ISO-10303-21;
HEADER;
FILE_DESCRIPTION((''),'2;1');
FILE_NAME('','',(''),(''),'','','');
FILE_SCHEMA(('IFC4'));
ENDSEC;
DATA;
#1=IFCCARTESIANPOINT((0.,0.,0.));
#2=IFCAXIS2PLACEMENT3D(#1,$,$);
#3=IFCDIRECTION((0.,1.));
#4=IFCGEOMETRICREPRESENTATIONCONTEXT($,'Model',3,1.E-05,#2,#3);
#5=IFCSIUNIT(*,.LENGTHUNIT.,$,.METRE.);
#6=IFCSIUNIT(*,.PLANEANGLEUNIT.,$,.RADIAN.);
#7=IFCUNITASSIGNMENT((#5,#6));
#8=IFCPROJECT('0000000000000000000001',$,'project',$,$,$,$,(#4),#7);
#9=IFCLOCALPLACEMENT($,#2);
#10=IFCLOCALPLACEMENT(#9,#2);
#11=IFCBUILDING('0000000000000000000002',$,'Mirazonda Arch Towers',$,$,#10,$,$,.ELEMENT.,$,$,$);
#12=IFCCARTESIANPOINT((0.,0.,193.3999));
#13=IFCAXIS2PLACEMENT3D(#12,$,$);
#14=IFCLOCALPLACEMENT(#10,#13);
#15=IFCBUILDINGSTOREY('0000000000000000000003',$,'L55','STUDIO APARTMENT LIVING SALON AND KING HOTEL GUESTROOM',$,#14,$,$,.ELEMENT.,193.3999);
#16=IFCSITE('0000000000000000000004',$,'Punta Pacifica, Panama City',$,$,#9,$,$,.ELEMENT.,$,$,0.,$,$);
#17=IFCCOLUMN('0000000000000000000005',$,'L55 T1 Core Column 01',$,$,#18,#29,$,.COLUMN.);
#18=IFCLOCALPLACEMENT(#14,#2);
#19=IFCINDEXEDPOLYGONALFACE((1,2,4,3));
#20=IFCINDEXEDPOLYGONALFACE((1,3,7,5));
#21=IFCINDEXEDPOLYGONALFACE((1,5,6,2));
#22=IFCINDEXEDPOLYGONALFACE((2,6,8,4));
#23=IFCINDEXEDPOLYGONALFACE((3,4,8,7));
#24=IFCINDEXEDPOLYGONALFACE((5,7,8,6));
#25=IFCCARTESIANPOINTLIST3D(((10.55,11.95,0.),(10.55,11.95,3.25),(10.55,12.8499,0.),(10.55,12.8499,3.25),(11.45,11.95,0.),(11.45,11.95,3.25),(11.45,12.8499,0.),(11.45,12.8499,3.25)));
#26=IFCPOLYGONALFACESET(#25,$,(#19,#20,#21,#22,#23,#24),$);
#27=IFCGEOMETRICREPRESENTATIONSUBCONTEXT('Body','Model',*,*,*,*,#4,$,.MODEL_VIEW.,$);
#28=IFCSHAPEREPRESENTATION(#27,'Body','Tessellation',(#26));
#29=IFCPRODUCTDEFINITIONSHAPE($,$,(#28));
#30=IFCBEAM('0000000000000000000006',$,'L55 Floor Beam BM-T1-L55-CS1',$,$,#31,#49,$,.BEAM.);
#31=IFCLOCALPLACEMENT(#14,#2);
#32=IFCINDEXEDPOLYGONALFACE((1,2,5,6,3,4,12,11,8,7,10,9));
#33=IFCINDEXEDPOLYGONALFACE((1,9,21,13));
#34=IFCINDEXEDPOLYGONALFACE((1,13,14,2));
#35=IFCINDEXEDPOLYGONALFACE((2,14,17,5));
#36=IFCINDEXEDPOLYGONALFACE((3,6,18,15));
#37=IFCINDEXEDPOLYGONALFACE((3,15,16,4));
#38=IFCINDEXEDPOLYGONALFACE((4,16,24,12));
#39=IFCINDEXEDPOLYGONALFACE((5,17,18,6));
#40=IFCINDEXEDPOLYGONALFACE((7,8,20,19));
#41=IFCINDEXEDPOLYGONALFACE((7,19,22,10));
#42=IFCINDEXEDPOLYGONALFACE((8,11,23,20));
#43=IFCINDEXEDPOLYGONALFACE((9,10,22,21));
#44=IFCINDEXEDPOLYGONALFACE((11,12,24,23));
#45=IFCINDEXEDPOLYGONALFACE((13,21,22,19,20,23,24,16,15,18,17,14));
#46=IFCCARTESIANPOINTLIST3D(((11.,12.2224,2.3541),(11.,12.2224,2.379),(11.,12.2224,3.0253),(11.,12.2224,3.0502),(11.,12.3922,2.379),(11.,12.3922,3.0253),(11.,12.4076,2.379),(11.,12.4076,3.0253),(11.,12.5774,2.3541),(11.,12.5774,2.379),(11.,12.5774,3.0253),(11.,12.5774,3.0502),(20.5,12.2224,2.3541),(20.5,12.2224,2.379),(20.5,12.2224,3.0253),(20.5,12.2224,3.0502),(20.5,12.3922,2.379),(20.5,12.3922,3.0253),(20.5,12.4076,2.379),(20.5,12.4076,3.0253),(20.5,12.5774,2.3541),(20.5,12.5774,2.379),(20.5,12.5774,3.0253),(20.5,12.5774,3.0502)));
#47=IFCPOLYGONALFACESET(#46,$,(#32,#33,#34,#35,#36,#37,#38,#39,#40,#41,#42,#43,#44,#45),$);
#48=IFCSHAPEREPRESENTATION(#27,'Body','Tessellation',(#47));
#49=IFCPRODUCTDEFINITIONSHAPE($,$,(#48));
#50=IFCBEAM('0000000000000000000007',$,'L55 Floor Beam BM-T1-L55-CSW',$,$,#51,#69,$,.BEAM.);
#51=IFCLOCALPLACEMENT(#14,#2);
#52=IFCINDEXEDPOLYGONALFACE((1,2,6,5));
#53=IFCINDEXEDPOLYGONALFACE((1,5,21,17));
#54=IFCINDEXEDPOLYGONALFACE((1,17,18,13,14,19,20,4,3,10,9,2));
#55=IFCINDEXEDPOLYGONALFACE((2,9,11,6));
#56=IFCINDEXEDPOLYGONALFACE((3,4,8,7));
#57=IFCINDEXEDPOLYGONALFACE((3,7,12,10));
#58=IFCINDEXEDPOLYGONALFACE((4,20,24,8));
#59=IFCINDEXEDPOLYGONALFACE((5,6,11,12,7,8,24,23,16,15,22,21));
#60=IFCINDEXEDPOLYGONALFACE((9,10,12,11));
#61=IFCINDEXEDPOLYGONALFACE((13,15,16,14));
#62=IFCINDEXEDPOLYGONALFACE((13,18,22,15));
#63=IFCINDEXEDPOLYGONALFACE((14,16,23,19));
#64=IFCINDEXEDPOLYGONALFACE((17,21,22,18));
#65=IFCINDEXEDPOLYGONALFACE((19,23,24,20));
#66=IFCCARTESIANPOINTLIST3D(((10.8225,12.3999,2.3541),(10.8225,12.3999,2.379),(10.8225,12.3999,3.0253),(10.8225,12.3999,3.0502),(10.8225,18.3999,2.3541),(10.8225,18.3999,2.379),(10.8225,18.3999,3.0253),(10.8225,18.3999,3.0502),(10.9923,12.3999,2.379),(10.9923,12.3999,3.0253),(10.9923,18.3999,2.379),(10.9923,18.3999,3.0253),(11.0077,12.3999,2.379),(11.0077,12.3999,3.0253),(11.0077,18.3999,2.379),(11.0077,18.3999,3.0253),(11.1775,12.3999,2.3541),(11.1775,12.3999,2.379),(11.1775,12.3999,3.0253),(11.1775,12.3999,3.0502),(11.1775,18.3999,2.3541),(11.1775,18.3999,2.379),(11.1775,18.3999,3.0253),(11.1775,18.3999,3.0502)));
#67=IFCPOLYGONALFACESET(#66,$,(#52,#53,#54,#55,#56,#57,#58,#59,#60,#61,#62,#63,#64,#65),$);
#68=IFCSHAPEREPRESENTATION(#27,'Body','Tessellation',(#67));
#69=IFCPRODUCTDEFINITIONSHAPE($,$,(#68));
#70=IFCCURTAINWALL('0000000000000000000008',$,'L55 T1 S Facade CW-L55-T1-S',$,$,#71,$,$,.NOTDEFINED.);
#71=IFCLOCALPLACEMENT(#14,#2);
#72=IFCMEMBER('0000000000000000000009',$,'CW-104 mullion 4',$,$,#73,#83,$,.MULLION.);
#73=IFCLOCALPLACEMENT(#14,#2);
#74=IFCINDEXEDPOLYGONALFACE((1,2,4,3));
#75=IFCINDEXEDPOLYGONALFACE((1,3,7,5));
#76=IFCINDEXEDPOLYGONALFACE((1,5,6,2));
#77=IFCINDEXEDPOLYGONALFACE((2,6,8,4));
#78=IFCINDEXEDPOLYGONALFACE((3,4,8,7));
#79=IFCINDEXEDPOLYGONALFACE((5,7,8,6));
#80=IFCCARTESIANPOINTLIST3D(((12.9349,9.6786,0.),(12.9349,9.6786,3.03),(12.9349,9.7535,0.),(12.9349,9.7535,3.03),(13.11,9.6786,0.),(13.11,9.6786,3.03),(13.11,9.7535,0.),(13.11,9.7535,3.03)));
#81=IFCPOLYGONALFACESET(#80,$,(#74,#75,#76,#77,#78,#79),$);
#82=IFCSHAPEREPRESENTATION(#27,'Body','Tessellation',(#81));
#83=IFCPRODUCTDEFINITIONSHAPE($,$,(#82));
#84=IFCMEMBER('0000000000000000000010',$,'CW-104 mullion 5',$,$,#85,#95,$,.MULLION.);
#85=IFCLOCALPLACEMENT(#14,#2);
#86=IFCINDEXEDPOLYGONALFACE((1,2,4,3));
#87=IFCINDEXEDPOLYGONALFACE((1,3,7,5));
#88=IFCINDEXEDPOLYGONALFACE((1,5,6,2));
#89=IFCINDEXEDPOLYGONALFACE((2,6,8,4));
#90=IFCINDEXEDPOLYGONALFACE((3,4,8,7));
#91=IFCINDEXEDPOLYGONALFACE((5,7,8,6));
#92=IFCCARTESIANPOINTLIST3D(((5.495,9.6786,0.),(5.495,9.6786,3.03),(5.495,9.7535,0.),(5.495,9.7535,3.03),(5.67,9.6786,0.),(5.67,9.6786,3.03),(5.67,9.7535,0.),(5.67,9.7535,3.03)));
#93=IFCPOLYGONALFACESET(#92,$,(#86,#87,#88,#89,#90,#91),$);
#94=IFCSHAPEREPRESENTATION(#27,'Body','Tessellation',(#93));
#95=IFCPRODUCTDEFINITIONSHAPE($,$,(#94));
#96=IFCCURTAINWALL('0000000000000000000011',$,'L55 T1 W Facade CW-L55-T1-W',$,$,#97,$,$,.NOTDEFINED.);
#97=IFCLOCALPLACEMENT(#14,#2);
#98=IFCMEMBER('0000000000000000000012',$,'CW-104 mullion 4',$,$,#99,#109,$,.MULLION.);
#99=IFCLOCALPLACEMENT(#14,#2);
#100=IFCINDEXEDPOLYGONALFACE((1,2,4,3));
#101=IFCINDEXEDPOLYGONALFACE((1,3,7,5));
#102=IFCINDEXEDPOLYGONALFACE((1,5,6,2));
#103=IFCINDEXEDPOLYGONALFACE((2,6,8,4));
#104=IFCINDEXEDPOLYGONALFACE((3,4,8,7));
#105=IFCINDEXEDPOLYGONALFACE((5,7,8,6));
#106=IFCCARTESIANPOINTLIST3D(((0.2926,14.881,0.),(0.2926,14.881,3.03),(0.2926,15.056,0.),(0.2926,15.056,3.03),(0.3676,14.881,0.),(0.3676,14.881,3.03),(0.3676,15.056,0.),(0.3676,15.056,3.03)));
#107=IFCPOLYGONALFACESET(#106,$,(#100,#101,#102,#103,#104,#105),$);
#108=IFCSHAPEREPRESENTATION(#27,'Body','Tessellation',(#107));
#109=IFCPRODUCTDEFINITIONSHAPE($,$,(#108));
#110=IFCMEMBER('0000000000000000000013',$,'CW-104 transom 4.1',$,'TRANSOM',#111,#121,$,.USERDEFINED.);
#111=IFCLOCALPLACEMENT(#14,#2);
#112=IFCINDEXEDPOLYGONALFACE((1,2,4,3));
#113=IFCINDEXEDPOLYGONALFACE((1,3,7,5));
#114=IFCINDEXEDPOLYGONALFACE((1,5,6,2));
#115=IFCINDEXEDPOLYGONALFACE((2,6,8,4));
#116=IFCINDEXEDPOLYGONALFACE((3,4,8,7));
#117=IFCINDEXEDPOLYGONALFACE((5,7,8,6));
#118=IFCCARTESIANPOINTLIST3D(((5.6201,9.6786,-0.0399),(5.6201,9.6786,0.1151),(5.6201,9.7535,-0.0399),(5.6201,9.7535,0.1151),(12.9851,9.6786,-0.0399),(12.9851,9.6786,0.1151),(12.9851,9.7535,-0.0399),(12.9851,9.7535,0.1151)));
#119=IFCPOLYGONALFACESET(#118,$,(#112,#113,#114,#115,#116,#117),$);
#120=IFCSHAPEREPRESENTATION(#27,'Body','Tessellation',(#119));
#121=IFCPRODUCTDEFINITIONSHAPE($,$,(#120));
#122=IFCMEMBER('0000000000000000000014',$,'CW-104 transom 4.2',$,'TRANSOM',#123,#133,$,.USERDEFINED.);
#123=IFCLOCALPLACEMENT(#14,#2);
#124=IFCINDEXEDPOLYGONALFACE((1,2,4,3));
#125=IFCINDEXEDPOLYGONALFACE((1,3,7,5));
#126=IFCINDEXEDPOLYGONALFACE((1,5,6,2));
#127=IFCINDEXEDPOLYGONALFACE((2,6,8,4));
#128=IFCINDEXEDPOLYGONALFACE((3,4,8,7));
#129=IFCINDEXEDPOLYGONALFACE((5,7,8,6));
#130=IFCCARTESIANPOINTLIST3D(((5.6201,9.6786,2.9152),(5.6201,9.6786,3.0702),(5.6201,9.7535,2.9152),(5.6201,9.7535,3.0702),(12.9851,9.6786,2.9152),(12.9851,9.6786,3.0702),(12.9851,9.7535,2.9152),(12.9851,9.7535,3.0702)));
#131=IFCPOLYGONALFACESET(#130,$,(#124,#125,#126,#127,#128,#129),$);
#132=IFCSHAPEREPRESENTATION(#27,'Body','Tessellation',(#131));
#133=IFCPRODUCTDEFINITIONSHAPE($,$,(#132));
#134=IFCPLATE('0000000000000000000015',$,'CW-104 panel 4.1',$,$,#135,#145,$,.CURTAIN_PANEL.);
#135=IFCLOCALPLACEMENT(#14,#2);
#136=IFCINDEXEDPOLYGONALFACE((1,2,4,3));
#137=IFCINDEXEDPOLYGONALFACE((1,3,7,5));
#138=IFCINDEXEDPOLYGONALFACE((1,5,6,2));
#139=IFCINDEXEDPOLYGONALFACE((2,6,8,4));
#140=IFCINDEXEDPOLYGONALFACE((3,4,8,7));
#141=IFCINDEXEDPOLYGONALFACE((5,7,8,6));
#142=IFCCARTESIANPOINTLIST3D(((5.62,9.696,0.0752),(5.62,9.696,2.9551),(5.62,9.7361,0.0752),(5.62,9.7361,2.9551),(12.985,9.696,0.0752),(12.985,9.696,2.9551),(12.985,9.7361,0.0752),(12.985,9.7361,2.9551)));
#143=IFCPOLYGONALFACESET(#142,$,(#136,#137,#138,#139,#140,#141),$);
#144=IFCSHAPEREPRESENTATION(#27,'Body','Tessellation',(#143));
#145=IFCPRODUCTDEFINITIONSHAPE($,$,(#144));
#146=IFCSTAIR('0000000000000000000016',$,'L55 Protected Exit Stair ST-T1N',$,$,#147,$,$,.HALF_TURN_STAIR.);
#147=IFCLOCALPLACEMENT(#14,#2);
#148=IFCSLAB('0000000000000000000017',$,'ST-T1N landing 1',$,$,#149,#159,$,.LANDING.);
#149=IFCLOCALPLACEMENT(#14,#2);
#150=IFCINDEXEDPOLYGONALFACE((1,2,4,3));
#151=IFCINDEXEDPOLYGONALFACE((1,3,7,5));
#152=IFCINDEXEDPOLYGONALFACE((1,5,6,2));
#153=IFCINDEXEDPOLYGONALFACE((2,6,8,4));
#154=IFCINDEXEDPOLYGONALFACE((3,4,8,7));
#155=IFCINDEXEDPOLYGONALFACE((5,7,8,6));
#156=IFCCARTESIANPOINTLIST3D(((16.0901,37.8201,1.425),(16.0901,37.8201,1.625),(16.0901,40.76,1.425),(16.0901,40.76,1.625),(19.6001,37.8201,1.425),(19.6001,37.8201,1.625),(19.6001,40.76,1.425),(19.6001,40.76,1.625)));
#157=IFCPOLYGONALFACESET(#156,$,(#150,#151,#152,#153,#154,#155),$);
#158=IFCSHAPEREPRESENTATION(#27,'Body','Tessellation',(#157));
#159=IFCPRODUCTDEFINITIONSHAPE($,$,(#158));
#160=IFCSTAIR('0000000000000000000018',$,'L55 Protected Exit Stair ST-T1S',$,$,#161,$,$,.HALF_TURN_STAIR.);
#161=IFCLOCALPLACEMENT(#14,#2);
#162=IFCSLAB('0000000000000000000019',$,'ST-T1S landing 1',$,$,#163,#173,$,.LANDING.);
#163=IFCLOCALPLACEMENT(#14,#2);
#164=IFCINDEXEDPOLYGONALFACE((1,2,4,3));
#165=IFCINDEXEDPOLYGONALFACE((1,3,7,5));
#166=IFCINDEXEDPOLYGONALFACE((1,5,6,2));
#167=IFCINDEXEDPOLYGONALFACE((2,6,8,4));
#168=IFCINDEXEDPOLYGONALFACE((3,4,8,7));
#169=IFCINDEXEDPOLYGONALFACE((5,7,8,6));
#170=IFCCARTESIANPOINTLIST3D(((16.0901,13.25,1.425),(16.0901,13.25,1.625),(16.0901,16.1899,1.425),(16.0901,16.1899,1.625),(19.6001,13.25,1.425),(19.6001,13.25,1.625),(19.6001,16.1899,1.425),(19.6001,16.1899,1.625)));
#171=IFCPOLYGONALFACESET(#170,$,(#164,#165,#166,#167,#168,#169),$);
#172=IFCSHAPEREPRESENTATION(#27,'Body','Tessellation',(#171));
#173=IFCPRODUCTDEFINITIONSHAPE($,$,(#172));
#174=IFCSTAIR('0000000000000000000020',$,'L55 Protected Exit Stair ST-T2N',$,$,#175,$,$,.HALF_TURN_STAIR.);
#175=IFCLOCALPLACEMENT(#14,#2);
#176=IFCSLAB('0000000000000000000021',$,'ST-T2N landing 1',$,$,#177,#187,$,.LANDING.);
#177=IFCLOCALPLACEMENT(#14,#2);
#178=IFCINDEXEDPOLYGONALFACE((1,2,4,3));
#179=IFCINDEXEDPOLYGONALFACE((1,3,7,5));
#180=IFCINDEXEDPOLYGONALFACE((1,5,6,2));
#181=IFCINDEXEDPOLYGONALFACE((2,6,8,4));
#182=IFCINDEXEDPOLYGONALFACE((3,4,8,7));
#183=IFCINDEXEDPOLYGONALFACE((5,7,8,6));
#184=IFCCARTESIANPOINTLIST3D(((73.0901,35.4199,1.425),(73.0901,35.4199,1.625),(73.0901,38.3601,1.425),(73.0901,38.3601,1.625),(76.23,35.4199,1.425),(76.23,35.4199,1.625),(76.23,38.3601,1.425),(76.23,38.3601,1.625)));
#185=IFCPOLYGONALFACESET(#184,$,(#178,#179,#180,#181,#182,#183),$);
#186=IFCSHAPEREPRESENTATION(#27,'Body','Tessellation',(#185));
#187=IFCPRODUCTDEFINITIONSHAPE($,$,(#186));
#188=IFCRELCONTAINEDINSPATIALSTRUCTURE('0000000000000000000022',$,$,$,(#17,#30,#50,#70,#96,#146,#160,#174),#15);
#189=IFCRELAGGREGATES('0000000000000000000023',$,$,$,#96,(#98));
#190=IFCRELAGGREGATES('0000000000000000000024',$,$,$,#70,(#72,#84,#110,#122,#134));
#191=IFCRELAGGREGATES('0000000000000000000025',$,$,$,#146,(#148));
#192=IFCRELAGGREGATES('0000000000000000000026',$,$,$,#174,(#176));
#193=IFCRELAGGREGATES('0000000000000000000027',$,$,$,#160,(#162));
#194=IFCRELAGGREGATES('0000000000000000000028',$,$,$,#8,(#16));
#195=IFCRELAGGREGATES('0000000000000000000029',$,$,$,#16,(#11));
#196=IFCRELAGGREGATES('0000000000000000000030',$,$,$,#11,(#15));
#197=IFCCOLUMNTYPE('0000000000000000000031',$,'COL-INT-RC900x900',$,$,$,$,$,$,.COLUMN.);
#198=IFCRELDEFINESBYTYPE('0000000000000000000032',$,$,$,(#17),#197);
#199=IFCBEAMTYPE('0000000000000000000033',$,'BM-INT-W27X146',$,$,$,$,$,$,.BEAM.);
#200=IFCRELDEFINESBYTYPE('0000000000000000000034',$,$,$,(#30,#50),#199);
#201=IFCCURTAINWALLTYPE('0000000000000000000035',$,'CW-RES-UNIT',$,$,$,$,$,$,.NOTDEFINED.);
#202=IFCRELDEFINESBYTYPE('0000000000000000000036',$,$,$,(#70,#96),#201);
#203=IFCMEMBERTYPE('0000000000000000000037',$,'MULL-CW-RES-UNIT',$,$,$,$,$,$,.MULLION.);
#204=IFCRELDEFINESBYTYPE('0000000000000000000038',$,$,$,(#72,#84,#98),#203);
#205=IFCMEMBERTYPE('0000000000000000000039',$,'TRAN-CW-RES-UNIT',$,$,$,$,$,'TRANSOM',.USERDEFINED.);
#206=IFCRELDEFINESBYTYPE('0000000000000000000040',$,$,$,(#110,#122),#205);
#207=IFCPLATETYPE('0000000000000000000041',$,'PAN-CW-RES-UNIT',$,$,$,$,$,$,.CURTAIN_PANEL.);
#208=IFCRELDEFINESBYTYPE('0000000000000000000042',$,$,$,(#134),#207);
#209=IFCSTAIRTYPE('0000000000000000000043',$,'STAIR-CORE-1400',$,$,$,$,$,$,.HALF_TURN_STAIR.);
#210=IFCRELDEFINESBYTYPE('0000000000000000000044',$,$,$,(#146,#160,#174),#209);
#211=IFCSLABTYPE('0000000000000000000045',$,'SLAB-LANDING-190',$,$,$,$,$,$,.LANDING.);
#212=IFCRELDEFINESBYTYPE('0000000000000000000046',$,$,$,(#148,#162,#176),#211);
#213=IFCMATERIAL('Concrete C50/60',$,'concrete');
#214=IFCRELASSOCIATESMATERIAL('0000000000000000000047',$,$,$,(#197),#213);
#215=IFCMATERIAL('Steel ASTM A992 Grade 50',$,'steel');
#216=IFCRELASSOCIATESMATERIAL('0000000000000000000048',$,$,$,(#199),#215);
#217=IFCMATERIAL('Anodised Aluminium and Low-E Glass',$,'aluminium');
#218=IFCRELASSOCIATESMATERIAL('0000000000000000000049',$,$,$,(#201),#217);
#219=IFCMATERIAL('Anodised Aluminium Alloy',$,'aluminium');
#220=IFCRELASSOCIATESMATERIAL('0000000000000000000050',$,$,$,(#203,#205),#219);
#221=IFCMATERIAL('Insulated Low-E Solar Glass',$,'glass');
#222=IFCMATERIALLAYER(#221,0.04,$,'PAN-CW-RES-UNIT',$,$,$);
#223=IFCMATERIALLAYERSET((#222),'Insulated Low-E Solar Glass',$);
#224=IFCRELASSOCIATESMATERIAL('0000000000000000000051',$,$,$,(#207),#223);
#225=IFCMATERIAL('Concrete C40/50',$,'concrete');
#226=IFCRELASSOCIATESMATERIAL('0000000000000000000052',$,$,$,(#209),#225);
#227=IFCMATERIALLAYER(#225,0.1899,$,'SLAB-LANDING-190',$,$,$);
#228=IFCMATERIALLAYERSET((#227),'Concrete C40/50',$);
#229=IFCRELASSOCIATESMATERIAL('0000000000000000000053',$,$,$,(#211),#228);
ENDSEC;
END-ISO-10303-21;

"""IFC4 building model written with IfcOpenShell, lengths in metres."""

from ifc_helpers import new_model, si_unit, direction, frame, origin, origin_2d, place, context, subcontext, project, spatial, polyline, rectangle, i_section, outline, extrude, material, layer, layer_set, material_profile, profile_set, type_object, element, aggregate, save


model = new_model("IFC4")

# Units and contexts
model_context = context("Model", 3, precision=1e-05, world=origin(), true_north=direction((0.0, 1.0)))
body_context = subcontext(model_context, "Body", "Model", "MODEL_VIEW")
ifc_project = project(units=[si_unit("LENGTHUNIT", "METRE"), si_unit("PLANEANGLEUNIT", "RADIAN")], contexts=[model_context])

# Site, building, storey
site_placement = place(None, origin())
site = spatial("IfcSite", under=ifc_project, at=site_placement, Name="Punta Pacifica, Panama City", CompositionType="ELEMENT", RefElevation=0.0)
building_placement = place(site_placement, origin())
building = spatial("IfcBuilding", under=site, at=building_placement, Name="Mirazonda Arch Towers", CompositionType="ELEMENT")
storey_placement = place(building_placement, frame((0.0, 0.0, 193.3999)))
storey = spatial("IfcBuildingStorey", under=building, at=storey_placement, Name="L55", Description="STUDIO APARTMENT LIVING SALON AND KING HOTEL GUESTROOM", CompositionType="ELEMENT", Elevation=193.3999)

# Column
ifc_material_1 = material(Name="Concrete C50/60", Category="concrete")
ifc_material_profile_1 = material_profile(ifc_material_1, rectangle(XDim=0.8999, YDim=0.8999, at=origin_2d()), Name="RC900x900")
ifc_profile_set_1 = profile_set([ifc_material_profile_1], Name="Concrete C50/60")
column_type = type_object("IfcColumnType", Name="COL-INT-RC900x900", PredefinedType="COLUMN", material=ifc_profile_set_1)
column_placement = place(storey_placement, frame((11.0, 12.3999, 0.0), z_axis=(0.0, 0.0, 1.0), x_axis=(1.0, 0.0, 0.0)))
element("IfcColumn", 1, at=column_placement, inside=storey, type_object=column_type, Name="L55 T1 Core Column 01", PredefinedType="COLUMN", context=body_context, shape_type="SweptSolid", body=[
    extrude(rectangle(XDim=0.8999, YDim=0.8999, at=origin_2d()), origin(), (0.0, 0.0, 1.0), 3.25),
])

# Beams
ifc_material_2 = material(Name="Steel ASTM A992 Grade 50", Category="steel")
ifc_material_profile_2 = material_profile(ifc_material_2, i_section(OverallWidth=0.355, OverallDepth=0.696, WebThickness=0.0154, FlangeThickness=0.0249, at=origin_2d()), Name="W27X146")
ifc_profile_set_2 = profile_set([ifc_material_profile_2], Name="Steel ASTM A992 Grade 50")
beam_type = type_object("IfcBeamType", Name="BM-INT-W27X146", PredefinedType="BEAM", material=ifc_profile_set_2)
beam_1_placement = place(storey_placement, frame((11.0, 12.3999, 2.7021), z_axis=(1.0, 0.0, 0.0), x_axis=(0.0, 1.0, 0.0)))
element("IfcBeam", 2, at=beam_1_placement, inside=storey, type_object=beam_type, Name="L55 Floor Beam BM-T1-L55-CS1", PredefinedType="BEAM", context=body_context, shape_type="SweptSolid", body=[
    extrude(i_section(OverallWidth=0.355, OverallDepth=0.696, WebThickness=0.0154, FlangeThickness=0.0249, at=origin_2d()), origin(), (0.0, 0.0, 1.0), 9.5),
])
beam_2_placement = place(storey_placement, frame((11.0, 12.3999, 2.7021), z_axis=(0.0, 1.0, 0.0), x_axis=(-1.0, 0.0, 0.0)))
element("IfcBeam", 3, at=beam_2_placement, inside=storey, type_object=beam_type, Name="L55 Floor Beam BM-T1-L55-CSW", PredefinedType="BEAM", context=body_context, shape_type="SweptSolid", body=[
    extrude(i_section(OverallWidth=0.355, OverallDepth=0.696, WebThickness=0.0154, FlangeThickness=0.0249, at=origin_2d()), origin(), (0.0, 0.0, 1.0), 6.0),
])

# Curtain wall, members
ifc_material_3 = material(Name="Anodised Aluminium and Low-E Glass", Category="aluminium")
curtain_wall_type = type_object("IfcCurtainWallType", Name="CW-RES-UNIT", PredefinedType="NOTDEFINED", material=ifc_material_3)
curtain_wall_1_placement = place(storey_placement, origin())
curtain_wall_1 = element("IfcCurtainWall", 4, at=curtain_wall_1_placement, inside=storey, type_object=curtain_wall_type, Name="L55 T1 S Facade CW-L55-T1-S", PredefinedType="NOTDEFINED")
ifc_material_4 = material(Name="Anodised Aluminium Alloy", Category="aluminium")
ifc_material_profile_3 = material_profile(ifc_material_4, rectangle(XDim=0.075, YDim=0.175, at=origin_2d()), Name="ALU-MULL-75x175")
ifc_profile_set_3 = profile_set([ifc_material_profile_3], Name="Anodised Aluminium Alloy")
member_type_1 = type_object("IfcMemberType", Name="MULL-CW-RES-UNIT", PredefinedType="MULLION", material=ifc_profile_set_3)
member_1_placement = place(storey_placement, frame((13.0225, 9.7161, 0.0), z_axis=(0.0, 0.0, 1.0), x_axis=(0.0, -1.0, 0.0)))
member_1 = element("IfcMember", 5, at=member_1_placement, type_object=member_type_1, Name="CW-104 mullion 4", PredefinedType="MULLION", context=body_context, shape_type="SweptSolid", body=[
    extrude(rectangle(XDim=0.075, YDim=0.175, at=origin_2d()), origin(), (0.0, 0.0, 1.0), 3.03),
])
member_2_placement = place(storey_placement, frame((5.5825, 9.7161, 0.0), z_axis=(0.0, 0.0, 1.0), x_axis=(0.0, -1.0, 0.0)))
member_2 = element("IfcMember", 6, at=member_2_placement, type_object=member_type_1, Name="CW-104 mullion 5", PredefinedType="MULLION", context=body_context, shape_type="SweptSolid", body=[
    extrude(rectangle(XDim=0.075, YDim=0.175, at=origin_2d()), origin(), (0.0, 0.0, 1.0), 3.03),
])

# Curtain wall, member
curtain_wall_2_placement = place(storey_placement, origin())
curtain_wall_2 = element("IfcCurtainWall", 7, at=curtain_wall_2_placement, inside=storey, type_object=curtain_wall_type, Name="L55 T1 W Facade CW-L55-T1-W", PredefinedType="NOTDEFINED")
member_3_placement = place(storey_placement, frame((0.3301, 14.9685, 0.0), z_axis=(0.0, 0.0, 1.0), x_axis=(1.0, 0.0, 0.0)))
member_3 = element("IfcMember", 8, at=member_3_placement, type_object=member_type_1, Name="CW-104 mullion 4", PredefinedType="MULLION", context=body_context, shape_type="SweptSolid", body=[
    extrude(rectangle(XDim=0.075, YDim=0.175, at=origin_2d()), origin(), (0.0, 0.0, 1.0), 3.03),
])
aggregate(curtain_wall_2, [member_3])

# Members
ifc_material_profile_4 = material_profile(ifc_material_4, rectangle(XDim=0.075, YDim=0.155, at=origin_2d()), Name="ALU-TRAN-75x155")
ifc_profile_set_4 = profile_set([ifc_material_profile_4], Name="Anodised Aluminium Alloy")
member_type_2 = type_object("IfcMemberType", Name="TRAN-CW-RES-UNIT", ElementType="TRANSOM", PredefinedType="USERDEFINED", material=ifc_profile_set_4)
member_4_placement = place(storey_placement, frame((12.9851, 9.7161, 0.0376), z_axis=(-1.0, 0.0, 0.0), x_axis=(0.0, -1.0, 0.0)))
member_4 = element("IfcMember", 9, at=member_4_placement, type_object=member_type_2, Name="CW-104 transom 4.1", ObjectType="TRANSOM", PredefinedType="USERDEFINED", context=body_context, shape_type="SweptSolid", body=[
    extrude(rectangle(XDim=0.075, YDim=0.155, at=origin_2d()), origin(), (0.0, 0.0, 1.0), 7.365),
])
member_5_placement = place(storey_placement, frame((12.9851, 9.7161, 2.9927), z_axis=(-1.0, 0.0, 0.0), x_axis=(0.0, -1.0, 0.0)))
member_5 = element("IfcMember", 10, at=member_5_placement, type_object=member_type_2, Name="CW-104 transom 4.2", ObjectType="TRANSOM", PredefinedType="USERDEFINED", context=body_context, shape_type="SweptSolid", body=[
    extrude(rectangle(XDim=0.075, YDim=0.155, at=origin_2d()), origin(), (0.0, 0.0, 1.0), 7.365),
])

# Plate
ifc_material_5 = material(Name="Insulated Low-E Solar Glass", Category="glass")
ifc_layer_1 = layer(ifc_material_5, 0.04, Name="PAN-CW-RES-UNIT")
ifc_layer_set_1 = layer_set([ifc_layer_1], Name="Insulated Low-E Solar Glass")
plate_type = type_object("IfcPlateType", Name="PAN-CW-RES-UNIT", PredefinedType="CURTAIN_PANEL", material=ifc_layer_set_1)
plate_placement = place(storey_placement, frame((9.3025, 9.7161, 0.0752), z_axis=(0.0, 0.0, 1.0), x_axis=(-1.0, 0.0, 0.0)))
plate = element("IfcPlate", 11, at=plate_placement, type_object=plate_type, Name="CW-104 panel 4.1", PredefinedType="CURTAIN_PANEL", context=body_context, shape_type="SweptSolid", body=[
    extrude(rectangle(XDim=7.365, YDim=0.04, at=origin_2d()), origin(), (0.0, 0.0, 1.0), 2.8799),
])
aggregate(curtain_wall_1, [member_1, member_2, member_4, member_5, plate])

# Stairs, slabs
ifc_material_6 = material(Name="Concrete C40/50", Category="concrete")
stair_type = type_object("IfcStairType", Name="STAIR-CORE-1400", PredefinedType="HALF_TURN_STAIR", material=ifc_material_6)
stair_1_placement = place(storey_placement, origin())
stair_1 = element("IfcStair", 12, at=stair_1_placement, inside=storey, type_object=stair_type, Name="L55 Protected Exit Stair ST-T1N", PredefinedType="HALF_TURN_STAIR")
ifc_layer_2 = layer(ifc_material_6, 0.1899, Name="SLAB-LANDING-190")
ifc_layer_set_2 = layer_set([ifc_layer_2], Name="Concrete C40/50")
slab_type_1 = type_object("IfcSlabType", Name="SLAB-LANDING-190", PredefinedType="LANDING", material=ifc_layer_set_2)
slab_1_placement = place(storey_placement, frame((0.0, 0.0, 1.425)))
slab_1 = element("IfcSlab", 13, at=slab_1_placement, type_object=slab_type_1, Name="ST-T1N landing 1", PredefinedType="LANDING", context=body_context, shape_type="SweptSolid", body=[
    extrude(outline(polyline([(16.0901, 37.8201), (19.6001, 37.8201), (19.6001, 40.76), (16.0901, 40.76), (16.0901, 37.8201)])), origin(), (0.0, 0.0, 1.0), 0.2),
])
aggregate(stair_1, [slab_1])
stair_2_placement = place(storey_placement, origin())
stair_2 = element("IfcStair", 14, at=stair_2_placement, inside=storey, type_object=stair_type, Name="L55 Protected Exit Stair ST-T1S", PredefinedType="HALF_TURN_STAIR")
slab_2_placement = place(storey_placement, frame((0.0, 0.0, 1.425)))
slab_2 = element("IfcSlab", 15, at=slab_2_placement, type_object=slab_type_1, Name="ST-T1S landing 1", PredefinedType="LANDING", context=body_context, shape_type="SweptSolid", body=[
    extrude(outline(polyline([(16.0901, 13.25), (19.6001, 13.25), (19.6001, 16.1899), (16.0901, 16.1899), (16.0901, 13.25)])), origin(), (0.0, 0.0, 1.0), 0.2),
])
stair_3_placement = place(storey_placement, origin())
stair_3 = element("IfcStair", 16, at=stair_3_placement, inside=storey, type_object=stair_type, Name="L55 Protected Exit Stair ST-T2N", PredefinedType="HALF_TURN_STAIR")
slab_3_placement = place(storey_placement, frame((0.0, 0.0, 1.425)))
slab_3 = element("IfcSlab", 17, at=slab_3_placement, type_object=slab_type_1, Name="ST-T2N landing 1", PredefinedType="LANDING", context=body_context, shape_type="SweptSolid", body=[
    extrude(outline(polyline([(73.0901, 35.4199), (76.23, 35.4199), (76.23, 38.3601), (73.0901, 38.3601), (73.0901, 35.4199)])), origin(), (0.0, 0.0, 1.0), 0.2),
])
aggregate(stair_3, [slab_3])

aggregate(stair_2, [slab_2])

save(model, "model.ifc")
